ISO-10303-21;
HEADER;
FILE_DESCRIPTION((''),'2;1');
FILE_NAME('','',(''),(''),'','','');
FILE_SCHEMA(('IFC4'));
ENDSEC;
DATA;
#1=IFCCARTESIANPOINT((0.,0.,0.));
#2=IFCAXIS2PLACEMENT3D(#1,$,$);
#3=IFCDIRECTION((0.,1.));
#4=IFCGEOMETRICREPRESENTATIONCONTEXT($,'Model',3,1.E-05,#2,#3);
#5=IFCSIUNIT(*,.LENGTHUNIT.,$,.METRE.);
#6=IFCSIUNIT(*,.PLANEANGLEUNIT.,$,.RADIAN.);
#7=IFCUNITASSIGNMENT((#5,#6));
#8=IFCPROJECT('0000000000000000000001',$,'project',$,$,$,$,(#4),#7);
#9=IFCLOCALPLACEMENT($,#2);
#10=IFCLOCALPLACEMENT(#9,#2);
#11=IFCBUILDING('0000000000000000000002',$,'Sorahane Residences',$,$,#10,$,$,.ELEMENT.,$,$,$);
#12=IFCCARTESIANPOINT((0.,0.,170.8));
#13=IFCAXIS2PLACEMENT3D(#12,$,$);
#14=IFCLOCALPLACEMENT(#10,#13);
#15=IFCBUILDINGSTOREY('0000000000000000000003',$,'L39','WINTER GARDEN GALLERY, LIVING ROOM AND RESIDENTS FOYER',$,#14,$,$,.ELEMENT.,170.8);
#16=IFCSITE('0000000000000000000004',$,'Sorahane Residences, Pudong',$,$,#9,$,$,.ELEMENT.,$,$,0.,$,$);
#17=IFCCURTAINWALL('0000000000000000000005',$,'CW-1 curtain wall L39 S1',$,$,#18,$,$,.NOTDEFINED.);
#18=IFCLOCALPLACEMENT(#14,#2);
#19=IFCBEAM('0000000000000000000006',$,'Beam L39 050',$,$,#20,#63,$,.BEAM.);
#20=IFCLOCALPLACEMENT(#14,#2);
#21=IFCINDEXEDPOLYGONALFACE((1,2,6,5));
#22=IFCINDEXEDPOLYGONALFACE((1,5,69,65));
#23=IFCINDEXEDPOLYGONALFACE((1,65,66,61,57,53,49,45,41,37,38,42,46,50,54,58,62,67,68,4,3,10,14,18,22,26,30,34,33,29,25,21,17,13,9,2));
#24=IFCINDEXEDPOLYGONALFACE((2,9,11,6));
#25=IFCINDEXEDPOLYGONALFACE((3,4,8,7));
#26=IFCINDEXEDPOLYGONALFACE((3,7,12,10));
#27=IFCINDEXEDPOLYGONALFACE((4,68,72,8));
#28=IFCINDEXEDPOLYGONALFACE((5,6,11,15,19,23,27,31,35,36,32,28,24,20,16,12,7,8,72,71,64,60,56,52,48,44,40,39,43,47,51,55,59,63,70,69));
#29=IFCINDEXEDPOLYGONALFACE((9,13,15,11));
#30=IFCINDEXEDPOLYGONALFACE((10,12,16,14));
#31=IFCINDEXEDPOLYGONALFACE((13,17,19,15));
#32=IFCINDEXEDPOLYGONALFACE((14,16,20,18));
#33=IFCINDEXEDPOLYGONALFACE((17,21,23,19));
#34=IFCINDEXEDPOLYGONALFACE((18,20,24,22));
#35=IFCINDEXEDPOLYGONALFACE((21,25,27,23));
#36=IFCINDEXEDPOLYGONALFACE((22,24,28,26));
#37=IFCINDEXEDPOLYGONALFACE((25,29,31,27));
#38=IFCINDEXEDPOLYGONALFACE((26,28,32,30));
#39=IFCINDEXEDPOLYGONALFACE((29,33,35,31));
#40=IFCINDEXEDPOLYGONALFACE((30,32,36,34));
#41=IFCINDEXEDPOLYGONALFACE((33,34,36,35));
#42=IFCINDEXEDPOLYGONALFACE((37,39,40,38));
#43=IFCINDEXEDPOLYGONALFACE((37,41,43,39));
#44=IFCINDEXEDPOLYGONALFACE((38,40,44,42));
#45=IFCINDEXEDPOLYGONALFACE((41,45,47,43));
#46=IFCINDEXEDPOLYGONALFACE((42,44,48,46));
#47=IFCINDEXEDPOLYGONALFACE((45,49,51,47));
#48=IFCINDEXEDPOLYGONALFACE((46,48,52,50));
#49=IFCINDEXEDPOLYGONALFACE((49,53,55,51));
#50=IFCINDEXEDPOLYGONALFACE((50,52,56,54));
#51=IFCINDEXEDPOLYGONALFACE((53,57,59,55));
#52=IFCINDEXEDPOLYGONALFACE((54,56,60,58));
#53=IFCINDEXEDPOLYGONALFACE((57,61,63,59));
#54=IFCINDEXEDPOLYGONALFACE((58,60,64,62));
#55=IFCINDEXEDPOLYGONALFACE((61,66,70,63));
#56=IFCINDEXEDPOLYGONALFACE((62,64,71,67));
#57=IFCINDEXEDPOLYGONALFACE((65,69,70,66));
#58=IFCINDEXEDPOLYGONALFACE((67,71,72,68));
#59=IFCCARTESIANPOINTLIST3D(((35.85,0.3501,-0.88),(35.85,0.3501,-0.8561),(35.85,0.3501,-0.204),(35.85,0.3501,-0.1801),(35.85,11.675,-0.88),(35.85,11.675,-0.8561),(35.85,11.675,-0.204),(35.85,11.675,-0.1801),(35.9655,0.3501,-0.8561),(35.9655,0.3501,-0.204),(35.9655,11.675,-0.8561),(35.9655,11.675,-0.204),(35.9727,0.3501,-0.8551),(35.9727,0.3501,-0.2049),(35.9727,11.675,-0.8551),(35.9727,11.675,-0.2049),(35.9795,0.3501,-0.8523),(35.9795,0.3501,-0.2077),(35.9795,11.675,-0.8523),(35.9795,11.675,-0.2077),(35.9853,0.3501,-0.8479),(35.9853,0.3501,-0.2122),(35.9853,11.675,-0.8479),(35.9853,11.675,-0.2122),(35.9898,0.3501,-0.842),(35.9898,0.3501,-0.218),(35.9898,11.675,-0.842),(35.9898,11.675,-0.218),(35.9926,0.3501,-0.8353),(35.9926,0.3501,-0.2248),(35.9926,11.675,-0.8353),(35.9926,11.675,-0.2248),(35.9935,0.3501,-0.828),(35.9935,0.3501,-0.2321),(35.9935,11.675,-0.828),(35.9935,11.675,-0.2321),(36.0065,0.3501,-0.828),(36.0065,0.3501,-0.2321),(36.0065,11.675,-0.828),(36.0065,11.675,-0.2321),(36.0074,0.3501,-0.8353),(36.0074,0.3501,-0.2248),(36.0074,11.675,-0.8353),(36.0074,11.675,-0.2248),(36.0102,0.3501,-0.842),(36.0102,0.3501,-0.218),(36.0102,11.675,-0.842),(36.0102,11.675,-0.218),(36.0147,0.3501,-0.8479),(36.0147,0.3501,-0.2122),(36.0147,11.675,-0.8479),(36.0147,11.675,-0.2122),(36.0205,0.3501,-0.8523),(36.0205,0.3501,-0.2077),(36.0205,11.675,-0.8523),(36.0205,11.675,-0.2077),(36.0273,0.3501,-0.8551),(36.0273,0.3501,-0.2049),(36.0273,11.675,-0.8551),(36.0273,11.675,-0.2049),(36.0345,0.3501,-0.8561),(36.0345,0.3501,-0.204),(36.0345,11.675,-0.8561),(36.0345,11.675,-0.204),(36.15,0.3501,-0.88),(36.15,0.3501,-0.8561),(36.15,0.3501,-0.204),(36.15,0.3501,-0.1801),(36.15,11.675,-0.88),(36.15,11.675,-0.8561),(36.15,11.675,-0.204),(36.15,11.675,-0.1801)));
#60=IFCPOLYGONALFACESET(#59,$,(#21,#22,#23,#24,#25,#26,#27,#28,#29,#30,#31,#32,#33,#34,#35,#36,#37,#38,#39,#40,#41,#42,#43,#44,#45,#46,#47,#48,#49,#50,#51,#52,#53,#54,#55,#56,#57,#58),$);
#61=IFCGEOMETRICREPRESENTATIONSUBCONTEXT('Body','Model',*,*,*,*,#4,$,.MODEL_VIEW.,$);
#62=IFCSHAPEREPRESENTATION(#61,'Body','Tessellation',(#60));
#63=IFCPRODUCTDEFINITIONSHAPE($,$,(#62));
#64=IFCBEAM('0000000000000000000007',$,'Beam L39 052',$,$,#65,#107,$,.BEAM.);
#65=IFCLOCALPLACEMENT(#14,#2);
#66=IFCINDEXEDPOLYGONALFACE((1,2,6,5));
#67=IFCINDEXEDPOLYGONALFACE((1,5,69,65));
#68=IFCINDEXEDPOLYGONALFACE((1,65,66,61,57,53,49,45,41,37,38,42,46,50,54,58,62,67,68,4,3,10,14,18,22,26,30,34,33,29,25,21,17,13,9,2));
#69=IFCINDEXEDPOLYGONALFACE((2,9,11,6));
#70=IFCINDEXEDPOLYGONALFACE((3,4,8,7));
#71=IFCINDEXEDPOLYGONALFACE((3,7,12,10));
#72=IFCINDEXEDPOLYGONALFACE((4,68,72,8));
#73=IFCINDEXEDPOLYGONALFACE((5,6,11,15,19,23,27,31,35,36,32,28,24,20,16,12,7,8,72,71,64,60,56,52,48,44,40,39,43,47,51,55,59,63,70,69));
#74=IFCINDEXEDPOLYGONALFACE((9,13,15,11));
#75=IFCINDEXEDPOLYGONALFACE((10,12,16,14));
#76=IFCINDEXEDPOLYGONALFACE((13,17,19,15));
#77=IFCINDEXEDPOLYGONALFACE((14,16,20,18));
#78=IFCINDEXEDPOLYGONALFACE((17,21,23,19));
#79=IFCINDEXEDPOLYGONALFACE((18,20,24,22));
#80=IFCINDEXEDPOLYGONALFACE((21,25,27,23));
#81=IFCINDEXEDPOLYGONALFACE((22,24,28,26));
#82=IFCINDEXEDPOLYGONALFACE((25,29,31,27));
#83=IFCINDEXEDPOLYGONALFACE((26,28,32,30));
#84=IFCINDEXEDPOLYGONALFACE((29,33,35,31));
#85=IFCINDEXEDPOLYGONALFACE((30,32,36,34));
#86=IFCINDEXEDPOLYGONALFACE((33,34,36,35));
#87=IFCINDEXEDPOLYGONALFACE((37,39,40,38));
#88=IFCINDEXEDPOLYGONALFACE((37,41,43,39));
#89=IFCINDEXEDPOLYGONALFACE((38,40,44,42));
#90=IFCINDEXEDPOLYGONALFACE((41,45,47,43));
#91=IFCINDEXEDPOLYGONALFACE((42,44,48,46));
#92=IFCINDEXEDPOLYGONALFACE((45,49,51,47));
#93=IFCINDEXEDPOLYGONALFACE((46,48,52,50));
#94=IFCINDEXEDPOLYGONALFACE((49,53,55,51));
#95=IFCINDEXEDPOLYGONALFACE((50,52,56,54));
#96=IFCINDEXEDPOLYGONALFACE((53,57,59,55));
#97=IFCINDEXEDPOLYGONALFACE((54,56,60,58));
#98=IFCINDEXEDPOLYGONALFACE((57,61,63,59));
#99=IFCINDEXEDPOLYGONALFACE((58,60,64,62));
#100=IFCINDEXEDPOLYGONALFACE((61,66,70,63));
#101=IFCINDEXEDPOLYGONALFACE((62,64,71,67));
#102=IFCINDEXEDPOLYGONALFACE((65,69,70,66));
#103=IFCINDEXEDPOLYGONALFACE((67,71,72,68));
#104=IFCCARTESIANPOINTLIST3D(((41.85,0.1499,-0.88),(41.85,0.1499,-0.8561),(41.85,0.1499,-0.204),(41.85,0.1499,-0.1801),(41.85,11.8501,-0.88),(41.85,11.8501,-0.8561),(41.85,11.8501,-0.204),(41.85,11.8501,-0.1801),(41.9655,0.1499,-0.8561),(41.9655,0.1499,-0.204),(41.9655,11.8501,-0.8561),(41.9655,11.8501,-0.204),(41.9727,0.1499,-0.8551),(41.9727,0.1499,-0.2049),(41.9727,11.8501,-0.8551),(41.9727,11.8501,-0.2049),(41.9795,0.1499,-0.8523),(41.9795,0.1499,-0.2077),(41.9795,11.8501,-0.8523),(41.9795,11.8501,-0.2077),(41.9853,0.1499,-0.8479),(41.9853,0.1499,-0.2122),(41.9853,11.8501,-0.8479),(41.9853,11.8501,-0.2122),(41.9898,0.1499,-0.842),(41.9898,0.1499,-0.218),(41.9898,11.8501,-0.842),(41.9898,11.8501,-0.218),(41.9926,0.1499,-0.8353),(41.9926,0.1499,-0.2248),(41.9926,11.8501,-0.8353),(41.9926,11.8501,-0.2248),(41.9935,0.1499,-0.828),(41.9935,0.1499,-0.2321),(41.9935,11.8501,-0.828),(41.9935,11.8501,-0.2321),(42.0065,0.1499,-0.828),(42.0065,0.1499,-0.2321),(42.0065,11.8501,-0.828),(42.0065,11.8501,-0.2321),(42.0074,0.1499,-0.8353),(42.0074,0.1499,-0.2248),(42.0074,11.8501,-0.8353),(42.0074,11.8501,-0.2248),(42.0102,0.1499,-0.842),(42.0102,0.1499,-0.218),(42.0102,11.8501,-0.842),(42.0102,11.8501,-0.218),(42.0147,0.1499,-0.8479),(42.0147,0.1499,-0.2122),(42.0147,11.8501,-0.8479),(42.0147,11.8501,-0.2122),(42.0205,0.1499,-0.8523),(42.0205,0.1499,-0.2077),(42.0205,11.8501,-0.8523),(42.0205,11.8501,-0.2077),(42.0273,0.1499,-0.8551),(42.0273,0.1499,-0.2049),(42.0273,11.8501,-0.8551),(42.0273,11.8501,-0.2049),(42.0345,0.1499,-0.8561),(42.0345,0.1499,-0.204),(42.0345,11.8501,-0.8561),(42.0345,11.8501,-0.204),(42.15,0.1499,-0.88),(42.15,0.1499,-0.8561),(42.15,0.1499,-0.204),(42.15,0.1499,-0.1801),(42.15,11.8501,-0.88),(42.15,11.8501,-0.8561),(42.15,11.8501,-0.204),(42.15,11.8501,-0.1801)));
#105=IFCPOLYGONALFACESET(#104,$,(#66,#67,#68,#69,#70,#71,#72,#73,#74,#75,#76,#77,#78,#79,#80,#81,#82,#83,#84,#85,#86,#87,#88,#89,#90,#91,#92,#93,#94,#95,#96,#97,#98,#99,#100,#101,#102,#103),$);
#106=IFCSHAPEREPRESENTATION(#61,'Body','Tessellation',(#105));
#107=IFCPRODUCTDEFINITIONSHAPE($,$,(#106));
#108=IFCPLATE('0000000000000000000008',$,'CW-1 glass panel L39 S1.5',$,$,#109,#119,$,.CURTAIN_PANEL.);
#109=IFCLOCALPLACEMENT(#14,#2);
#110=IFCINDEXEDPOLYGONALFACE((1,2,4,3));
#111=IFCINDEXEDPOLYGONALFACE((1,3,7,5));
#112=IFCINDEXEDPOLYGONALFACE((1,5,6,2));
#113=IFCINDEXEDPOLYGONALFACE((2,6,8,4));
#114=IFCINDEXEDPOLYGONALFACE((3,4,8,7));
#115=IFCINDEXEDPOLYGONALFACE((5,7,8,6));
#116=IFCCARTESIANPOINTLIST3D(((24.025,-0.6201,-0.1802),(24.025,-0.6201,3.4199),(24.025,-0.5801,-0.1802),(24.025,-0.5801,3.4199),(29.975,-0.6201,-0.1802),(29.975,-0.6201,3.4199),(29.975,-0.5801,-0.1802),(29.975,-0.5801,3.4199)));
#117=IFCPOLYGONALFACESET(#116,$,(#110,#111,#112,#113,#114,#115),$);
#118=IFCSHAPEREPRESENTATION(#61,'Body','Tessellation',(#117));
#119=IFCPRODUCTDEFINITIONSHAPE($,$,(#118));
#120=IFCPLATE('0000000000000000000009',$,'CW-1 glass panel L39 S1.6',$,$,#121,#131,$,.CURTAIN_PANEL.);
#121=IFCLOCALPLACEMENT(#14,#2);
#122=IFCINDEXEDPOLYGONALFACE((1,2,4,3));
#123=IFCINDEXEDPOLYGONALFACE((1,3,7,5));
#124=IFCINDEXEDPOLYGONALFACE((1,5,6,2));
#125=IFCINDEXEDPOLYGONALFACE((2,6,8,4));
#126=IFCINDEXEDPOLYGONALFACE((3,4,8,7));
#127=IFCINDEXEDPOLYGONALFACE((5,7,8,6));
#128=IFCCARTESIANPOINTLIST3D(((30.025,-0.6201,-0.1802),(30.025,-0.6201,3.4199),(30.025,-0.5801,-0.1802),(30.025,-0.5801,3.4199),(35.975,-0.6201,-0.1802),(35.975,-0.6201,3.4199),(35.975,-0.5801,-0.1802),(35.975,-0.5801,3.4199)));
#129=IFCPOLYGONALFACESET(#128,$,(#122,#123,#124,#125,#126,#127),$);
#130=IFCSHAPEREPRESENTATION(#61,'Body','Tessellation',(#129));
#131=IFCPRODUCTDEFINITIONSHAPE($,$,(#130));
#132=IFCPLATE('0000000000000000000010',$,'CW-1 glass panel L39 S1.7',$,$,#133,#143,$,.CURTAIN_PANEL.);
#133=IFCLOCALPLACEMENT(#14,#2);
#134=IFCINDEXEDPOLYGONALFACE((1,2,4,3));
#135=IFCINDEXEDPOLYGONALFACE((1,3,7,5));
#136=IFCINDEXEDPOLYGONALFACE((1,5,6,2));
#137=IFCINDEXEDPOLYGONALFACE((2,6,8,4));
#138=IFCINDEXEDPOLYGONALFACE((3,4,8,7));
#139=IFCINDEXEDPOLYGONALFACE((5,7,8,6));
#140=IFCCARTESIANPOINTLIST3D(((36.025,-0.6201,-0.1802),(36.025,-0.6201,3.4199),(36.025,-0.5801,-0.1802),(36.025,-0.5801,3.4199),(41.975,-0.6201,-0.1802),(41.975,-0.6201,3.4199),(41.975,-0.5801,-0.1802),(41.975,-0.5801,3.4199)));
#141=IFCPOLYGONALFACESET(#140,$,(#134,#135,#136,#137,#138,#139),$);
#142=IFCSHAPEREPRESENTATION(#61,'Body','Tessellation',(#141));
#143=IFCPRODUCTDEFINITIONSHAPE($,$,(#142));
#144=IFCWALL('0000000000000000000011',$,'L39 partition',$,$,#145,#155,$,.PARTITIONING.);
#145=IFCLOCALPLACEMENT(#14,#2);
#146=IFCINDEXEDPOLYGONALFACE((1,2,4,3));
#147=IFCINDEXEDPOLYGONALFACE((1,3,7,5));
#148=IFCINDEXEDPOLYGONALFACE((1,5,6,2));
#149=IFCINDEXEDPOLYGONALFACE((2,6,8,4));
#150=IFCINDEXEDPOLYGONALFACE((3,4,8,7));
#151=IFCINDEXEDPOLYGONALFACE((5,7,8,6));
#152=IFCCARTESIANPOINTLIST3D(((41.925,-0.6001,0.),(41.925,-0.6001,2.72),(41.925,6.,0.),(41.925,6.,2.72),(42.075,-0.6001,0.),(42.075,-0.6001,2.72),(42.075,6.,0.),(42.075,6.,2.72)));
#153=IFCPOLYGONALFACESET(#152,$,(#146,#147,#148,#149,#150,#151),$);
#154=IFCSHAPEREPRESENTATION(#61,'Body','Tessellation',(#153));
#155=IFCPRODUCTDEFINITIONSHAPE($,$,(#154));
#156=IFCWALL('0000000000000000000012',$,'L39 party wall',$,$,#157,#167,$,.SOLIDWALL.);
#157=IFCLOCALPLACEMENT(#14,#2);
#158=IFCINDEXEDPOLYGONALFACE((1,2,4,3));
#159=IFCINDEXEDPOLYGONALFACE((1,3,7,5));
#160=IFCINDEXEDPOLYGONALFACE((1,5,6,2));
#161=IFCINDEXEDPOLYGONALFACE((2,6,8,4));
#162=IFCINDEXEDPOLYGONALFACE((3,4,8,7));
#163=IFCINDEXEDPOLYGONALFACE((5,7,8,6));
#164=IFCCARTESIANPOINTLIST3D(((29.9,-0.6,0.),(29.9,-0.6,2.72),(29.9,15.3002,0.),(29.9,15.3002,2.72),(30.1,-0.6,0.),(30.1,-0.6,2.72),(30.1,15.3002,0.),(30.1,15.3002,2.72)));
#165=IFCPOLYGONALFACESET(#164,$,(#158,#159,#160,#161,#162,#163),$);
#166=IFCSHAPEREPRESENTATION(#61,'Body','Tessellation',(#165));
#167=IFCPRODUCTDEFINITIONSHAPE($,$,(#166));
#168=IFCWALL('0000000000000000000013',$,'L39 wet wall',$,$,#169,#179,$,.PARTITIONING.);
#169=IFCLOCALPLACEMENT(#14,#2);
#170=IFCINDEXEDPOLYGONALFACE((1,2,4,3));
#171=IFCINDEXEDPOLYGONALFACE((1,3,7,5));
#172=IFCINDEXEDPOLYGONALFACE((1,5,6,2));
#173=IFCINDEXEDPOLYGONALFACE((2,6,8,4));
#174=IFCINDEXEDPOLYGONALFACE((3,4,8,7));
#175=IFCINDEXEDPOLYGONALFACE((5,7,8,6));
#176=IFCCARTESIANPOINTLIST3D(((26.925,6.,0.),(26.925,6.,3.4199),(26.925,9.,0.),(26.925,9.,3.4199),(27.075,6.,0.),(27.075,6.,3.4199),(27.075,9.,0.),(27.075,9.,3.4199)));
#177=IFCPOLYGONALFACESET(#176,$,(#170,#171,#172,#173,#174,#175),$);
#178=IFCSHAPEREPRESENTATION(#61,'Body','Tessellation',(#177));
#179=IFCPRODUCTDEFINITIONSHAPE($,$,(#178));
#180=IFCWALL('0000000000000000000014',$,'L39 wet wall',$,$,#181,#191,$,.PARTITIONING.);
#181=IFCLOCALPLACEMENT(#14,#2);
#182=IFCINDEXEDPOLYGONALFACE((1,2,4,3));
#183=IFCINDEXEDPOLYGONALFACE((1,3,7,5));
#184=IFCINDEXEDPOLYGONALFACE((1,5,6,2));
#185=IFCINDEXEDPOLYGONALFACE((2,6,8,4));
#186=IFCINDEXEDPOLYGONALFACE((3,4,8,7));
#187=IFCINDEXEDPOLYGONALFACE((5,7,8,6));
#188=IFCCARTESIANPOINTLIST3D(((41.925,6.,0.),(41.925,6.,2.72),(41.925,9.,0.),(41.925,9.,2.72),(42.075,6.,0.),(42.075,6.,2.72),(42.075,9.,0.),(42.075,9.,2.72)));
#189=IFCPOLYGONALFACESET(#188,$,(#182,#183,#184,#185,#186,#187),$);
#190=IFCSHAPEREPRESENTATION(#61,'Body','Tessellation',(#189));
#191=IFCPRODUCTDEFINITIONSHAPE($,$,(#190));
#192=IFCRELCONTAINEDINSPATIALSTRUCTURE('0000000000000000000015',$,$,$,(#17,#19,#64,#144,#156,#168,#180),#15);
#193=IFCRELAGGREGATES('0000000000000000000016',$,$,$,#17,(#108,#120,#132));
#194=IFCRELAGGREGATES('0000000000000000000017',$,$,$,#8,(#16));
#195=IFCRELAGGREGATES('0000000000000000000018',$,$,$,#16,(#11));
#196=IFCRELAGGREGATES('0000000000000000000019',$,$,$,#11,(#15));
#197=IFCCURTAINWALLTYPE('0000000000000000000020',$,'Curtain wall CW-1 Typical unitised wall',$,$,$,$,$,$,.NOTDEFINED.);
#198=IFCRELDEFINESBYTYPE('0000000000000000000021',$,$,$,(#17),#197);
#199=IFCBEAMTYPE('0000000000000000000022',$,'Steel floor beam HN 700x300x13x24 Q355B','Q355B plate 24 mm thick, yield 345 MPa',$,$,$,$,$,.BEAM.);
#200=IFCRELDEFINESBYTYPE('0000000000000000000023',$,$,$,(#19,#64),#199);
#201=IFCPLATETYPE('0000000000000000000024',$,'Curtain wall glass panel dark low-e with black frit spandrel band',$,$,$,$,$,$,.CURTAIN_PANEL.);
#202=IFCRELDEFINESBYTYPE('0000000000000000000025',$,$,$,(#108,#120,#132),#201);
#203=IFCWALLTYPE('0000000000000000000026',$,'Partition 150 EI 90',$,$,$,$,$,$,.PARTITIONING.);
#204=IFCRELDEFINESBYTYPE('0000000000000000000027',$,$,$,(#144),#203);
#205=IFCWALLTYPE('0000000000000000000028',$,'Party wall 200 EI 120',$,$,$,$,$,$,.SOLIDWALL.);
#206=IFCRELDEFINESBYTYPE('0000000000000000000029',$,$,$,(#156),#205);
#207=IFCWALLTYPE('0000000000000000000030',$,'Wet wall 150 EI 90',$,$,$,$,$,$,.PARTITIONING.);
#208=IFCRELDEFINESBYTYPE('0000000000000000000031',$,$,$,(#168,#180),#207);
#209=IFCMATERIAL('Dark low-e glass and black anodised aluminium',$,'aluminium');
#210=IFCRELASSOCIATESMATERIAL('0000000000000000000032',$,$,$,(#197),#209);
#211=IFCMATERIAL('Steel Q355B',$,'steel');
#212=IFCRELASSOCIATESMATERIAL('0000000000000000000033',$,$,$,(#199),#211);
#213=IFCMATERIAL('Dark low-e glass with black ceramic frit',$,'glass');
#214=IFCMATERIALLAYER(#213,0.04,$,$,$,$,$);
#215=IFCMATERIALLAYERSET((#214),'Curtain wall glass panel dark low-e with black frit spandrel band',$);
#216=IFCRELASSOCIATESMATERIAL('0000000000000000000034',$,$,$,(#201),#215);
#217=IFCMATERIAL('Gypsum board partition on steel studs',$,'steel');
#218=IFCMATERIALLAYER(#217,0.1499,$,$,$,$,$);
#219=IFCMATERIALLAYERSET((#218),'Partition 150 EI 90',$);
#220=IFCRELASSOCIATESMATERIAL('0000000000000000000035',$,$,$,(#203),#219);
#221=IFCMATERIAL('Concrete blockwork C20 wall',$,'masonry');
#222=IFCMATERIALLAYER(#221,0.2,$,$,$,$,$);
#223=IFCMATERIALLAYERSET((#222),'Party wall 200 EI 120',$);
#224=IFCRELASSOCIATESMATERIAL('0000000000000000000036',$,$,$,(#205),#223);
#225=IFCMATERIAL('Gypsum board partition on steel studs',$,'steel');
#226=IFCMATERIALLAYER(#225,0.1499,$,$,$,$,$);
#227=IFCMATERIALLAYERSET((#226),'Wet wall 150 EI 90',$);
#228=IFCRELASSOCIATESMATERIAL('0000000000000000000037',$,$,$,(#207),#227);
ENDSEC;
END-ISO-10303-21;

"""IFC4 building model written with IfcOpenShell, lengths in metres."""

from ifc_helpers import new_model, si_unit, direction, frame, frame_2d, origin, origin_2d, place, context, subcontext, project, spatial, rectangle, i_section, extrude, material, layer, layer_set, material_profile, profile_set, type_object, element, aggregate, save


model = new_model("IFC4")

# Units and contexts
model_context = context("Model", 3, precision=1e-05, world=origin(), true_north=direction((0.0, 1.0)))
body_context = subcontext(model_context, "Body", "Model", "MODEL_VIEW")
ifc_project = project(units=[si_unit("LENGTHUNIT", "METRE"), si_unit("PLANEANGLEUNIT", "RADIAN")], contexts=[model_context])

# Site, building, storey
site_placement = place(None, origin())
site = spatial("IfcSite", under=ifc_project, at=site_placement, Name="Sorahane Residences, Pudong", CompositionType="ELEMENT", RefElevation=0.0)
building_placement = place(site_placement, origin())
building = spatial("IfcBuilding", under=site, at=building_placement, Name="Sorahane Residences", CompositionType="ELEMENT")
storey_placement = place(building_placement, frame((0.0, 0.0, 170.8)))
storey = spatial("IfcBuildingStorey", under=building, at=storey_placement, Name="L39", Description="WINTER GARDEN GALLERY, LIVING ROOM AND RESIDENTS FOYER", CompositionType="ELEMENT", Elevation=170.8)

# Curtain wall
ifc_material_1 = material(Name="Dark low-e glass and black anodised aluminium", Category="aluminium")
curtain_wall_type = type_object("IfcCurtainWallType", Name="Curtain wall CW-1 Typical unitised wall", PredefinedType="NOTDEFINED", material=ifc_material_1)
curtain_wall_placement = place(storey_placement, origin())
curtain_wall = element("IfcCurtainWall", 1, at=curtain_wall_placement, inside=storey, type_object=curtain_wall_type, Name="CW-1 curtain wall L39 S1", PredefinedType="NOTDEFINED")

# Beams
ifc_material_2 = material(Name="Steel Q355B", Category="steel")
ifc_material_profile_1 = material_profile(ifc_material_2, i_section(OverallWidth=0.3, OverallDepth=0.7, WebThickness=0.0129, FlangeThickness=0.0239, FilletRadius=0.0281, at=origin_2d()), Name="HN 700x300x13x24")
ifc_profile_set_1 = profile_set([ifc_material_profile_1], Name="Steel Q355B")
beam_type_1 = type_object("IfcBeamType", Name="Steel floor beam HN 700x300x13x24 Q355B", Description="Q355B plate 24 mm thick, yield 345 MPa", PredefinedType="BEAM", material=ifc_profile_set_1)
beam_1_placement = place(storey_placement, frame((36.0, 0.3501, -0.53), z_axis=(0.0, 1.0, 0.0), x_axis=(-1.0, 0.0, 0.0)))
element("IfcBeam", 2, at=beam_1_placement, inside=storey, type_object=beam_type_1, Name="Beam L39 050", PredefinedType="BEAM", context=body_context, shape_type="SweptSolid", body=[
    extrude(i_section(OverallWidth=0.3, OverallDepth=0.7, WebThickness=0.0129, FlangeThickness=0.0239, FilletRadius=0.0281, at=origin_2d()), origin(), (0.0, 0.0, 1.0), 11.325),
])
beam_2_placement = place(storey_placement, frame((42.0, 0.1499, -0.53), z_axis=(0.0, 1.0, 0.0), x_axis=(-1.0, 0.0, 0.0)))
element("IfcBeam", 3, at=beam_2_placement, inside=storey, type_object=beam_type_1, Name="Beam L39 052", PredefinedType="BEAM", context=body_context, shape_type="SweptSolid", body=[
    extrude(i_section(OverallWidth=0.3, OverallDepth=0.7, WebThickness=0.0129, FlangeThickness=0.0239, FilletRadius=0.0281, at=origin_2d()), origin(), (0.0, 0.0, 1.0), 11.7002),
])

# Plates
ifc_material_3 = material(Name="Dark low-e glass with black ceramic frit", Category="glass")
ifc_layer_1 = layer(ifc_material_3, 0.04)
ifc_layer_set_1 = layer_set([ifc_layer_1], Name="Curtain wall glass panel dark low-e with black frit spandrel band")
plate_type = type_object("IfcPlateType", Name="Curtain wall glass panel dark low-e with black frit spandrel band", PredefinedType="CURTAIN_PANEL", material=ifc_layer_set_1)
plate_1_placement = place(storey_placement, frame((27.0, -0.6001, -0.1802), z_axis=(0.0, 0.0, 1.0), x_axis=(1.0, 0.0, 0.0)))
plate_1 = element("IfcPlate", 4, at=plate_1_placement, type_object=plate_type, Name="CW-1 glass panel L39 S1.5", PredefinedType="CURTAIN_PANEL", context=body_context, shape_type="SweptSolid", body=[
    extrude(rectangle(XDim=5.95, YDim=0.04, at=origin_2d()), origin(), (0.0, 0.0, 1.0), 3.6001),
])
plate_2_placement = place(storey_placement, frame((33.0, -0.6001, -0.1802), z_axis=(0.0, 0.0, 1.0), x_axis=(1.0, 0.0, 0.0)))
plate_2 = element("IfcPlate", 5, at=plate_2_placement, type_object=plate_type, Name="CW-1 glass panel L39 S1.6", PredefinedType="CURTAIN_PANEL", context=body_context, shape_type="SweptSolid", body=[
    extrude(rectangle(XDim=5.95, YDim=0.04, at=origin_2d()), origin(), (0.0, 0.0, 1.0), 3.6001),
])
plate_3_placement = place(storey_placement, frame((39.0, -0.6001, -0.1802), z_axis=(0.0, 0.0, 1.0), x_axis=(1.0, 0.0, 0.0)))
plate_3 = element("IfcPlate", 6, at=plate_3_placement, type_object=plate_type, Name="CW-1 glass panel L39 S1.7", PredefinedType="CURTAIN_PANEL", context=body_context, shape_type="SweptSolid", body=[
    extrude(rectangle(XDim=5.95, YDim=0.04, at=origin_2d()), origin(), (0.0, 0.0, 1.0), 3.6001),
])
aggregate(curtain_wall, [plate_1, plate_2, plate_3])

# Wall
ifc_material_4 = material(Name="Gypsum board partition on steel studs", Category="steel")
ifc_layer_2 = layer(ifc_material_4, 0.1499)
ifc_layer_set_2 = layer_set([ifc_layer_2], Name="Partition 150 EI 90")
wall_type_1 = type_object("IfcWallType", Name="Partition 150 EI 90", PredefinedType="PARTITIONING", material=ifc_layer_set_2)
wall_1_placement = place(storey_placement, frame((42.0, -0.6001, 0.0), z_axis=(0.0, 0.0, 1.0), x_axis=(0.0, 1.0, 0.0)))
element("IfcWall", 7, at=wall_1_placement, inside=storey, type_object=wall_type_1, Name="L39 partition", PredefinedType="PARTITIONING", context=body_context, shape_type="SweptSolid", body=[
    extrude(rectangle(XDim=6.6001, YDim=0.1499, at=frame_2d((3.3, 0.0))), origin(), (0.0, 0.0, 1.0), 2.72),
])

# Walls
ifc_material_5 = material(Name="Concrete blockwork C20 wall", Category="masonry")
ifc_layer_3 = layer(ifc_material_5, 0.2)
ifc_layer_set_3 = layer_set([ifc_layer_3], Name="Party wall 200 EI 120")
wall_type_2 = type_object("IfcWallType", Name="Party wall 200 EI 120", PredefinedType="SOLIDWALL", material=ifc_layer_set_3)
wall_2_placement = place(storey_placement, frame((30.0, -0.6001, 0.0), z_axis=(0.0, 0.0, 1.0), x_axis=(0.0, 1.0, 0.0)))
element("IfcWall", 8, at=wall_2_placement, inside=storey, type_object=wall_type_2, Name="L39 party wall", PredefinedType="SOLIDWALL", context=body_context, shape_type="SweptSolid", body=[
    extrude(rectangle(XDim=15.9001, YDim=0.2, at=frame_2d((7.9502, 0.0))), origin(), (0.0, 0.0, 1.0), 2.72),
])
ifc_material_6 = material(Name="Gypsum board partition on steel studs", Category="steel")
ifc_layer_4 = layer(ifc_material_6, 0.1499)
ifc_layer_set_4 = layer_set([ifc_layer_4], Name="Wet wall 150 EI 90")
wall_type_3 = type_object("IfcWallType", Name="Wet wall 150 EI 90", PredefinedType="PARTITIONING", material=ifc_layer_set_4)
wall_3_placement = place(storey_placement, frame((27.0, 6.0, 0.0), z_axis=(0.0, 0.0, 1.0), x_axis=(0.0, 1.0, 0.0)))
element("IfcWall", 9, at=wall_3_placement, inside=storey, type_object=wall_type_3, Name="L39 wet wall", PredefinedType="PARTITIONING", context=body_context, shape_type="SweptSolid", body=[
    extrude(rectangle(XDim=3.0, YDim=0.1499, at=frame_2d((1.5, 0.0))), origin(), (0.0, 0.0, 1.0), 3.4199),
])
wall_4_placement = place(storey_placement, frame((42.0, 6.0, 0.0), z_axis=(0.0, 0.0, 1.0), x_axis=(0.0, 1.0, 0.0)))
element("IfcWall", 10, at=wall_4_placement, inside=storey, type_object=wall_type_3, Name="L39 wet wall", PredefinedType="PARTITIONING", context=body_context, shape_type="SweptSolid", body=[
    extrude(rectangle(XDim=3.0, YDim=0.1499, at=frame_2d((1.5, 0.0))), origin(), (0.0, 0.0, 1.0), 2.72),
])

save(model, "model.ifc")
